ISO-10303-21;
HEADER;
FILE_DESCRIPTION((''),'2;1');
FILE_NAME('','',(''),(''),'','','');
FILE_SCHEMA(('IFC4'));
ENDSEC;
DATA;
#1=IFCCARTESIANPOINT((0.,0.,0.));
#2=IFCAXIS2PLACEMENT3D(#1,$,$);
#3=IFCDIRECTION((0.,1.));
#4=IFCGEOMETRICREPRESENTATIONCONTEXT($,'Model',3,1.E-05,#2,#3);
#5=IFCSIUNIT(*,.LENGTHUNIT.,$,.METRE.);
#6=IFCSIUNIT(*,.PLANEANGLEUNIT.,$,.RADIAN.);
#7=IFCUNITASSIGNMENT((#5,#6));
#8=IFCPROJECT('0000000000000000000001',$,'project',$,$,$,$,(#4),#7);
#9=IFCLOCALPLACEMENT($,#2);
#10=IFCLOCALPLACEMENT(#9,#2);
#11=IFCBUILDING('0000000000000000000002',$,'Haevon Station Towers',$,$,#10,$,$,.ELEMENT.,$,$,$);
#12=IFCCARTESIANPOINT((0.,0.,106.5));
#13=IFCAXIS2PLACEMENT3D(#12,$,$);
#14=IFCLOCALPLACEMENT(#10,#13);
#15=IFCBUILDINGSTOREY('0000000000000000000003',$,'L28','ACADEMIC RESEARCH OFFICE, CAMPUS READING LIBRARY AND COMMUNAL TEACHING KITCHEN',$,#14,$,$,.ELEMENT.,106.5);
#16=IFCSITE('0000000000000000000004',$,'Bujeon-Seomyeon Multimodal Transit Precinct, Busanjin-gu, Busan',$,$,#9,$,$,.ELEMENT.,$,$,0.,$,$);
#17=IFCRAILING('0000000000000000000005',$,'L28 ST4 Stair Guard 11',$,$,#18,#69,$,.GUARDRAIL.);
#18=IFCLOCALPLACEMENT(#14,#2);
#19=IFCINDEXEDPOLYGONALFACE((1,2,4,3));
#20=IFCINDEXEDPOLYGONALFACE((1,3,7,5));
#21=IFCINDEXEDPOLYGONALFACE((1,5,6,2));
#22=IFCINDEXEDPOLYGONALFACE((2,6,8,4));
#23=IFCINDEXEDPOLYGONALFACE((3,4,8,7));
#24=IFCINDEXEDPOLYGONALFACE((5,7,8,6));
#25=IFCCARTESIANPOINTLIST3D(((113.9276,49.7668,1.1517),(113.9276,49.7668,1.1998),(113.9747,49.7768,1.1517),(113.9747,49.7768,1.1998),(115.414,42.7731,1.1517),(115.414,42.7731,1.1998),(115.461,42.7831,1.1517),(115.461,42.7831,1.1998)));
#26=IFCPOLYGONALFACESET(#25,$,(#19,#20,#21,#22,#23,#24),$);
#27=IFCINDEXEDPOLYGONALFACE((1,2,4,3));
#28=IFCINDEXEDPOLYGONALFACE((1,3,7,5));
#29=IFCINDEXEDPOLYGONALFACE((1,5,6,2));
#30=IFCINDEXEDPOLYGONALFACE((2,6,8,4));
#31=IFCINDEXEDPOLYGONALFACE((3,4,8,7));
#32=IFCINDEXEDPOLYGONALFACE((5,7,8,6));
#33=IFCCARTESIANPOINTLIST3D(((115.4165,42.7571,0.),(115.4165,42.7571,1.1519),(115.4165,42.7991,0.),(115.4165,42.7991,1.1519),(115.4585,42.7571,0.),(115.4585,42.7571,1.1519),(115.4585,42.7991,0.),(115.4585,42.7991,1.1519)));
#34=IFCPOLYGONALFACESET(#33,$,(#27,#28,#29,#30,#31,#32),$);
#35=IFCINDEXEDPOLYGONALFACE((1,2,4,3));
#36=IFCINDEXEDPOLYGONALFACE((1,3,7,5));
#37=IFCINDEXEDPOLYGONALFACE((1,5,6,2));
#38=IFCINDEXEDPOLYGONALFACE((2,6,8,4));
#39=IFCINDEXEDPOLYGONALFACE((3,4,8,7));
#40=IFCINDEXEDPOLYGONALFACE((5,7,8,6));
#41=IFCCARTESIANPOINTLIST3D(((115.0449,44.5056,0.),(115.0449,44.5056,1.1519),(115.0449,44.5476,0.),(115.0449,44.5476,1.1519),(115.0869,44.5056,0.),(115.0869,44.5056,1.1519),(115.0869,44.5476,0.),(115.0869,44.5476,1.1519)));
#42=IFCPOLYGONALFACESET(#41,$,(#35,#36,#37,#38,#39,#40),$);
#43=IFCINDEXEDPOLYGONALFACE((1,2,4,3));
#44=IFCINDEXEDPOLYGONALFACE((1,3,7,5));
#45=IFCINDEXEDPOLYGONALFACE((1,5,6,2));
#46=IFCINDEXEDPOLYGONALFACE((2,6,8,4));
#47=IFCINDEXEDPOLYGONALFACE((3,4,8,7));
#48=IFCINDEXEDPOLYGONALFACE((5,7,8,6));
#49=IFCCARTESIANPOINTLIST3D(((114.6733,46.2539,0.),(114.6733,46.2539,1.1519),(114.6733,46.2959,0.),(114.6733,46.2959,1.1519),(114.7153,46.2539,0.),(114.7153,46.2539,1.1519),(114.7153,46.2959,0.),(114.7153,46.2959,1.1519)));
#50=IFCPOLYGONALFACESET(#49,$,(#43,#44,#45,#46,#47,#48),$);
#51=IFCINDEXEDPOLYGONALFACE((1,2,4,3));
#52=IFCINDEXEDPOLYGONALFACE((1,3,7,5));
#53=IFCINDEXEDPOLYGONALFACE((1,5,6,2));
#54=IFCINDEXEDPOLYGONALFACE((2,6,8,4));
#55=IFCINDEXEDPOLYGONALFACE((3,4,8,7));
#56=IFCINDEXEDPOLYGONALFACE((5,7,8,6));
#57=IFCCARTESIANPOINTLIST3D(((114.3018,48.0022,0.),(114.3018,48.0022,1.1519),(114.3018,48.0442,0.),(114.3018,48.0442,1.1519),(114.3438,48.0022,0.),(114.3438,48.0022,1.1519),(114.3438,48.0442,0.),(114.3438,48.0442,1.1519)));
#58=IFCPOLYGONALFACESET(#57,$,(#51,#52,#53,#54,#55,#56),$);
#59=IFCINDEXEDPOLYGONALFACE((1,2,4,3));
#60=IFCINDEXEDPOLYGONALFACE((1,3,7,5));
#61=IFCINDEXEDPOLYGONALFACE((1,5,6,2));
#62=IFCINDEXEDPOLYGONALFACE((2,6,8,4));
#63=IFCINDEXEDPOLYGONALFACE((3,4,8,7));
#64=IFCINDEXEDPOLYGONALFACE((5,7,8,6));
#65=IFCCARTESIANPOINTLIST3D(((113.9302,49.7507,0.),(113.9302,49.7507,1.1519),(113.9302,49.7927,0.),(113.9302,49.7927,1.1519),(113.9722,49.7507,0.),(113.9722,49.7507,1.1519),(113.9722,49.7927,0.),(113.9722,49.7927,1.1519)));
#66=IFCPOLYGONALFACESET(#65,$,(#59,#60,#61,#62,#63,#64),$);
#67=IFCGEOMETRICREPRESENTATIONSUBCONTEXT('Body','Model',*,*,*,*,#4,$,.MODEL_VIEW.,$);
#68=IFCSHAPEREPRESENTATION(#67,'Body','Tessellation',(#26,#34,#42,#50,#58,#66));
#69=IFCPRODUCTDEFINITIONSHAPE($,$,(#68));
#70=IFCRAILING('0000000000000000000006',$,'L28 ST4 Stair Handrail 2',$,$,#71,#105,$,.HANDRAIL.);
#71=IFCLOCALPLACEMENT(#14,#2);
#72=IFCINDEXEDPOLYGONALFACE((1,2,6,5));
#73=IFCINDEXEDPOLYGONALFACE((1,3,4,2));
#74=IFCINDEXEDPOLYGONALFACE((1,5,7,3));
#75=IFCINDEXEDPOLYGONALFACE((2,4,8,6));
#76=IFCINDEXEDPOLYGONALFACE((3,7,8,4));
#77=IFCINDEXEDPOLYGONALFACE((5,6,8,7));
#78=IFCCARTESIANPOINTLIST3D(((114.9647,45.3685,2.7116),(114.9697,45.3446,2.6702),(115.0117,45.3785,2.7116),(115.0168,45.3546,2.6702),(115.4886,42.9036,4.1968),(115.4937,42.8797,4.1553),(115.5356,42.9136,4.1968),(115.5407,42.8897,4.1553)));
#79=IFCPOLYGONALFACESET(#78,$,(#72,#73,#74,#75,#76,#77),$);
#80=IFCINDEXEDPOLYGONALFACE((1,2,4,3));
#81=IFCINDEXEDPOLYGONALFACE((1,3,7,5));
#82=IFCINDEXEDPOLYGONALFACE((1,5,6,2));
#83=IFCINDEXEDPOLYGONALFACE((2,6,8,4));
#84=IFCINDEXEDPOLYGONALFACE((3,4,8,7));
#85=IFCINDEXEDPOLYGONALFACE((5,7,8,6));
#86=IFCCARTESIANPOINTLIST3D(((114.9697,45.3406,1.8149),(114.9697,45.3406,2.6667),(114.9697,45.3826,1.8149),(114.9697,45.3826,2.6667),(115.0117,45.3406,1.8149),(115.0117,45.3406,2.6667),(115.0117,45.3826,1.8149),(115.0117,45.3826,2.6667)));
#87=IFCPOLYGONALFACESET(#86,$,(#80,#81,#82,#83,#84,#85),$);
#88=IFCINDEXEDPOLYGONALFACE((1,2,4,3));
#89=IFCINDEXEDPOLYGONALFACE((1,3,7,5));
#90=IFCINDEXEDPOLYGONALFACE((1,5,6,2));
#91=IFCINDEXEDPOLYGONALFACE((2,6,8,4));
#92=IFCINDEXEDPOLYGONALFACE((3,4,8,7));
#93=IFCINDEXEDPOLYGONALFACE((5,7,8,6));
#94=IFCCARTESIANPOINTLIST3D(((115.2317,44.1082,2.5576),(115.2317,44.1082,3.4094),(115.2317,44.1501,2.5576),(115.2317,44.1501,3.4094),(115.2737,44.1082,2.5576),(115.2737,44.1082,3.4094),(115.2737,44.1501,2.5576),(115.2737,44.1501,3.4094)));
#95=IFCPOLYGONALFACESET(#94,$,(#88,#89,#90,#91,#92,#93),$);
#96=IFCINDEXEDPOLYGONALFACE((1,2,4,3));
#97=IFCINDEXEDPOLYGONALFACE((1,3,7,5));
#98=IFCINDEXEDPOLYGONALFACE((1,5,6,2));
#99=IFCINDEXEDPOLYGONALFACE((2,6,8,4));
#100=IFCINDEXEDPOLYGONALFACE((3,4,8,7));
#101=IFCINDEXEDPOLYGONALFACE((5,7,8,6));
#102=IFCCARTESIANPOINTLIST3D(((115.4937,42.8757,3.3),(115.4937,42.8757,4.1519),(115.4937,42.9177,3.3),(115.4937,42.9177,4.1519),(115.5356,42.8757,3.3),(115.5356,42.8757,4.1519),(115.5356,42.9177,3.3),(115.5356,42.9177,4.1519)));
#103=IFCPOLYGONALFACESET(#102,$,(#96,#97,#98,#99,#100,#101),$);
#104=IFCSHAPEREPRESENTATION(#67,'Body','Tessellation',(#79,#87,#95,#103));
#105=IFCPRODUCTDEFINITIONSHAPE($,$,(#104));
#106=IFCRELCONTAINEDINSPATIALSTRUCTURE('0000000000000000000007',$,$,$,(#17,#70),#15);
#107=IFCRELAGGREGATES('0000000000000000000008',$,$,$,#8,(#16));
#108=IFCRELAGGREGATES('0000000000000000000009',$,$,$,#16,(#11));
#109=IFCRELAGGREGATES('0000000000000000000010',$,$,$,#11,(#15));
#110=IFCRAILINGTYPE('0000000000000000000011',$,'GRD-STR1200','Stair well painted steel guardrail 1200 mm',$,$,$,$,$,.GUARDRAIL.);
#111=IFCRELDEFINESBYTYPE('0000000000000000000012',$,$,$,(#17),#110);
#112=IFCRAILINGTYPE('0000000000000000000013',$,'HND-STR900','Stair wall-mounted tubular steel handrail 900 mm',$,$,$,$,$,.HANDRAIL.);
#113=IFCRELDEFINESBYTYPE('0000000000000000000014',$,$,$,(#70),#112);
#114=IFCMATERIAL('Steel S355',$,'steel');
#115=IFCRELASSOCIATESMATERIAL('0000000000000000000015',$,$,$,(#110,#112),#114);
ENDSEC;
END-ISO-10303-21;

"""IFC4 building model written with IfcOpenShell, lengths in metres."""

from ifc_helpers import new_model, si_unit, direction, frame, origin, origin_2d, place, context, subcontext, project, spatial, rectangle, extrude, material, type_object, element, save


model = new_model("IFC4")

# Units and contexts
model_context = context("Model", 3, precision=1e-05, world=origin(), true_north=direction((0.0, 1.0)))
body_context = subcontext(model_context, "Body", "Model", "MODEL_VIEW")
ifc_project = project(units=[si_unit("LENGTHUNIT", "METRE"), si_unit("PLANEANGLEUNIT", "RADIAN")], contexts=[model_context])

# Site, building, storey
site_placement = place(None, origin())
site = spatial("IfcSite", under=ifc_project, at=site_placement, Name="Bujeon-Seomyeon Multimodal Transit Precinct, Busanjin-gu, Busan", CompositionType="ELEMENT", RefElevation=0.0)
building_placement = place(site_placement, origin())
building = spatial("IfcBuilding", under=site, at=building_placement, Name="Haevon Station Towers", CompositionType="ELEMENT")
storey_placement = place(building_placement, frame((0.0, 0.0, 106.5)))
storey = spatial("IfcBuildingStorey", under=building, at=storey_placement, Name="L28", Description="ACADEMIC RESEARCH OFFICE, CAMPUS READING LIBRARY AND COMMUNAL TEACHING KITCHEN", CompositionType="ELEMENT", Elevation=106.5)

# Railings
ifc_material_1 = material(Name="Steel S355", Category="steel")
railing_type_1 = type_object("IfcRailingType", Name="GRD-STR1200", Description="Stair well painted steel guardrail 1200 mm", PredefinedType="GUARDRAIL", material=ifc_material_1)
railing_1_placement = place(storey_placement, frame((115.4375, 42.7781, 0.0)))
element("IfcRailing", 1, at=railing_1_placement, inside=storey, type_object=railing_type_1, Name="L28 ST4 Stair Guard 11", PredefinedType="GUARDRAIL", context=body_context, shape_type="SweptSolid", body=[
    extrude(rectangle(XDim=0.0481, YDim=0.0481, at=origin_2d()), frame((0.0, 0.0, 1.1758), z_axis=(-0.207882, 0.978154, 0.0), x_axis=(-0.978154, -0.207882, 0.0)), (0.0, 0.0, 1.0), 7.1499),
    extrude(rectangle(XDim=0.042, YDim=0.042, at=origin_2d()), origin(), (0.0, 0.0, 1.0), 1.1519),
    extrude(rectangle(XDim=0.042, YDim=0.042, at=origin_2d()), frame((-0.3716, 1.7485, 0.0)), (0.0, 0.0, 1.0), 1.1519),
    extrude(rectangle(XDim=0.042, YDim=0.042, at=origin_2d()), frame((-0.7432, 3.4968, 0.0)), (0.0, 0.0, 1.0), 1.1519),
    extrude(rectangle(XDim=0.042, YDim=0.042, at=origin_2d()), frame((-1.1147, 5.2451, 0.0)), (0.0, 0.0, 1.0), 1.1519),
    extrude(rectangle(XDim=0.042, YDim=0.042, at=origin_2d()), frame((-1.4863, 6.9937, 0.0)), (0.0, 0.0, 1.0), 1.1519),
])
railing_type_2 = type_object("IfcRailingType", Name="HND-STR900", Description="Stair wall-mounted tubular steel handrail 900 mm", PredefinedType="HANDRAIL", material=ifc_material_1)
railing_2_placement = place(storey_placement, frame((114.9907, 45.3616, 1.8149)))
element("IfcRailing", 2, at=railing_2_placement, inside=storey, type_object=railing_type_2, Name="L28 ST4 Stair Handrail 2", PredefinedType="HANDRAIL", context=body_context, shape_type="SweptSolid", body=[
    extrude(rectangle(XDim=0.0481, YDim=0.0481, at=origin_2d()), frame((0.0, 0.0, 0.876), z_axis=(0.179121, -0.842688, 0.507733), x_axis=(0.978147, 0.207914, 0.0)), (0.0, 0.0, 1.0), 2.925),
    extrude(rectangle(XDim=0.042, YDim=0.042, at=origin_2d()), origin(), (0.0, 0.0, 1.0), 0.8518),
    extrude(rectangle(XDim=0.042, YDim=0.042, at=origin_2d()), frame((0.262, -1.2324, 0.7427)), (0.0, 0.0, 1.0), 0.8518),
    extrude(rectangle(XDim=0.042, YDim=0.042, at=origin_2d()), frame((0.5239, -2.4648, 1.4851)), (0.0, 0.0, 1.0), 0.8518),
])

save(model, "model.ifc")
